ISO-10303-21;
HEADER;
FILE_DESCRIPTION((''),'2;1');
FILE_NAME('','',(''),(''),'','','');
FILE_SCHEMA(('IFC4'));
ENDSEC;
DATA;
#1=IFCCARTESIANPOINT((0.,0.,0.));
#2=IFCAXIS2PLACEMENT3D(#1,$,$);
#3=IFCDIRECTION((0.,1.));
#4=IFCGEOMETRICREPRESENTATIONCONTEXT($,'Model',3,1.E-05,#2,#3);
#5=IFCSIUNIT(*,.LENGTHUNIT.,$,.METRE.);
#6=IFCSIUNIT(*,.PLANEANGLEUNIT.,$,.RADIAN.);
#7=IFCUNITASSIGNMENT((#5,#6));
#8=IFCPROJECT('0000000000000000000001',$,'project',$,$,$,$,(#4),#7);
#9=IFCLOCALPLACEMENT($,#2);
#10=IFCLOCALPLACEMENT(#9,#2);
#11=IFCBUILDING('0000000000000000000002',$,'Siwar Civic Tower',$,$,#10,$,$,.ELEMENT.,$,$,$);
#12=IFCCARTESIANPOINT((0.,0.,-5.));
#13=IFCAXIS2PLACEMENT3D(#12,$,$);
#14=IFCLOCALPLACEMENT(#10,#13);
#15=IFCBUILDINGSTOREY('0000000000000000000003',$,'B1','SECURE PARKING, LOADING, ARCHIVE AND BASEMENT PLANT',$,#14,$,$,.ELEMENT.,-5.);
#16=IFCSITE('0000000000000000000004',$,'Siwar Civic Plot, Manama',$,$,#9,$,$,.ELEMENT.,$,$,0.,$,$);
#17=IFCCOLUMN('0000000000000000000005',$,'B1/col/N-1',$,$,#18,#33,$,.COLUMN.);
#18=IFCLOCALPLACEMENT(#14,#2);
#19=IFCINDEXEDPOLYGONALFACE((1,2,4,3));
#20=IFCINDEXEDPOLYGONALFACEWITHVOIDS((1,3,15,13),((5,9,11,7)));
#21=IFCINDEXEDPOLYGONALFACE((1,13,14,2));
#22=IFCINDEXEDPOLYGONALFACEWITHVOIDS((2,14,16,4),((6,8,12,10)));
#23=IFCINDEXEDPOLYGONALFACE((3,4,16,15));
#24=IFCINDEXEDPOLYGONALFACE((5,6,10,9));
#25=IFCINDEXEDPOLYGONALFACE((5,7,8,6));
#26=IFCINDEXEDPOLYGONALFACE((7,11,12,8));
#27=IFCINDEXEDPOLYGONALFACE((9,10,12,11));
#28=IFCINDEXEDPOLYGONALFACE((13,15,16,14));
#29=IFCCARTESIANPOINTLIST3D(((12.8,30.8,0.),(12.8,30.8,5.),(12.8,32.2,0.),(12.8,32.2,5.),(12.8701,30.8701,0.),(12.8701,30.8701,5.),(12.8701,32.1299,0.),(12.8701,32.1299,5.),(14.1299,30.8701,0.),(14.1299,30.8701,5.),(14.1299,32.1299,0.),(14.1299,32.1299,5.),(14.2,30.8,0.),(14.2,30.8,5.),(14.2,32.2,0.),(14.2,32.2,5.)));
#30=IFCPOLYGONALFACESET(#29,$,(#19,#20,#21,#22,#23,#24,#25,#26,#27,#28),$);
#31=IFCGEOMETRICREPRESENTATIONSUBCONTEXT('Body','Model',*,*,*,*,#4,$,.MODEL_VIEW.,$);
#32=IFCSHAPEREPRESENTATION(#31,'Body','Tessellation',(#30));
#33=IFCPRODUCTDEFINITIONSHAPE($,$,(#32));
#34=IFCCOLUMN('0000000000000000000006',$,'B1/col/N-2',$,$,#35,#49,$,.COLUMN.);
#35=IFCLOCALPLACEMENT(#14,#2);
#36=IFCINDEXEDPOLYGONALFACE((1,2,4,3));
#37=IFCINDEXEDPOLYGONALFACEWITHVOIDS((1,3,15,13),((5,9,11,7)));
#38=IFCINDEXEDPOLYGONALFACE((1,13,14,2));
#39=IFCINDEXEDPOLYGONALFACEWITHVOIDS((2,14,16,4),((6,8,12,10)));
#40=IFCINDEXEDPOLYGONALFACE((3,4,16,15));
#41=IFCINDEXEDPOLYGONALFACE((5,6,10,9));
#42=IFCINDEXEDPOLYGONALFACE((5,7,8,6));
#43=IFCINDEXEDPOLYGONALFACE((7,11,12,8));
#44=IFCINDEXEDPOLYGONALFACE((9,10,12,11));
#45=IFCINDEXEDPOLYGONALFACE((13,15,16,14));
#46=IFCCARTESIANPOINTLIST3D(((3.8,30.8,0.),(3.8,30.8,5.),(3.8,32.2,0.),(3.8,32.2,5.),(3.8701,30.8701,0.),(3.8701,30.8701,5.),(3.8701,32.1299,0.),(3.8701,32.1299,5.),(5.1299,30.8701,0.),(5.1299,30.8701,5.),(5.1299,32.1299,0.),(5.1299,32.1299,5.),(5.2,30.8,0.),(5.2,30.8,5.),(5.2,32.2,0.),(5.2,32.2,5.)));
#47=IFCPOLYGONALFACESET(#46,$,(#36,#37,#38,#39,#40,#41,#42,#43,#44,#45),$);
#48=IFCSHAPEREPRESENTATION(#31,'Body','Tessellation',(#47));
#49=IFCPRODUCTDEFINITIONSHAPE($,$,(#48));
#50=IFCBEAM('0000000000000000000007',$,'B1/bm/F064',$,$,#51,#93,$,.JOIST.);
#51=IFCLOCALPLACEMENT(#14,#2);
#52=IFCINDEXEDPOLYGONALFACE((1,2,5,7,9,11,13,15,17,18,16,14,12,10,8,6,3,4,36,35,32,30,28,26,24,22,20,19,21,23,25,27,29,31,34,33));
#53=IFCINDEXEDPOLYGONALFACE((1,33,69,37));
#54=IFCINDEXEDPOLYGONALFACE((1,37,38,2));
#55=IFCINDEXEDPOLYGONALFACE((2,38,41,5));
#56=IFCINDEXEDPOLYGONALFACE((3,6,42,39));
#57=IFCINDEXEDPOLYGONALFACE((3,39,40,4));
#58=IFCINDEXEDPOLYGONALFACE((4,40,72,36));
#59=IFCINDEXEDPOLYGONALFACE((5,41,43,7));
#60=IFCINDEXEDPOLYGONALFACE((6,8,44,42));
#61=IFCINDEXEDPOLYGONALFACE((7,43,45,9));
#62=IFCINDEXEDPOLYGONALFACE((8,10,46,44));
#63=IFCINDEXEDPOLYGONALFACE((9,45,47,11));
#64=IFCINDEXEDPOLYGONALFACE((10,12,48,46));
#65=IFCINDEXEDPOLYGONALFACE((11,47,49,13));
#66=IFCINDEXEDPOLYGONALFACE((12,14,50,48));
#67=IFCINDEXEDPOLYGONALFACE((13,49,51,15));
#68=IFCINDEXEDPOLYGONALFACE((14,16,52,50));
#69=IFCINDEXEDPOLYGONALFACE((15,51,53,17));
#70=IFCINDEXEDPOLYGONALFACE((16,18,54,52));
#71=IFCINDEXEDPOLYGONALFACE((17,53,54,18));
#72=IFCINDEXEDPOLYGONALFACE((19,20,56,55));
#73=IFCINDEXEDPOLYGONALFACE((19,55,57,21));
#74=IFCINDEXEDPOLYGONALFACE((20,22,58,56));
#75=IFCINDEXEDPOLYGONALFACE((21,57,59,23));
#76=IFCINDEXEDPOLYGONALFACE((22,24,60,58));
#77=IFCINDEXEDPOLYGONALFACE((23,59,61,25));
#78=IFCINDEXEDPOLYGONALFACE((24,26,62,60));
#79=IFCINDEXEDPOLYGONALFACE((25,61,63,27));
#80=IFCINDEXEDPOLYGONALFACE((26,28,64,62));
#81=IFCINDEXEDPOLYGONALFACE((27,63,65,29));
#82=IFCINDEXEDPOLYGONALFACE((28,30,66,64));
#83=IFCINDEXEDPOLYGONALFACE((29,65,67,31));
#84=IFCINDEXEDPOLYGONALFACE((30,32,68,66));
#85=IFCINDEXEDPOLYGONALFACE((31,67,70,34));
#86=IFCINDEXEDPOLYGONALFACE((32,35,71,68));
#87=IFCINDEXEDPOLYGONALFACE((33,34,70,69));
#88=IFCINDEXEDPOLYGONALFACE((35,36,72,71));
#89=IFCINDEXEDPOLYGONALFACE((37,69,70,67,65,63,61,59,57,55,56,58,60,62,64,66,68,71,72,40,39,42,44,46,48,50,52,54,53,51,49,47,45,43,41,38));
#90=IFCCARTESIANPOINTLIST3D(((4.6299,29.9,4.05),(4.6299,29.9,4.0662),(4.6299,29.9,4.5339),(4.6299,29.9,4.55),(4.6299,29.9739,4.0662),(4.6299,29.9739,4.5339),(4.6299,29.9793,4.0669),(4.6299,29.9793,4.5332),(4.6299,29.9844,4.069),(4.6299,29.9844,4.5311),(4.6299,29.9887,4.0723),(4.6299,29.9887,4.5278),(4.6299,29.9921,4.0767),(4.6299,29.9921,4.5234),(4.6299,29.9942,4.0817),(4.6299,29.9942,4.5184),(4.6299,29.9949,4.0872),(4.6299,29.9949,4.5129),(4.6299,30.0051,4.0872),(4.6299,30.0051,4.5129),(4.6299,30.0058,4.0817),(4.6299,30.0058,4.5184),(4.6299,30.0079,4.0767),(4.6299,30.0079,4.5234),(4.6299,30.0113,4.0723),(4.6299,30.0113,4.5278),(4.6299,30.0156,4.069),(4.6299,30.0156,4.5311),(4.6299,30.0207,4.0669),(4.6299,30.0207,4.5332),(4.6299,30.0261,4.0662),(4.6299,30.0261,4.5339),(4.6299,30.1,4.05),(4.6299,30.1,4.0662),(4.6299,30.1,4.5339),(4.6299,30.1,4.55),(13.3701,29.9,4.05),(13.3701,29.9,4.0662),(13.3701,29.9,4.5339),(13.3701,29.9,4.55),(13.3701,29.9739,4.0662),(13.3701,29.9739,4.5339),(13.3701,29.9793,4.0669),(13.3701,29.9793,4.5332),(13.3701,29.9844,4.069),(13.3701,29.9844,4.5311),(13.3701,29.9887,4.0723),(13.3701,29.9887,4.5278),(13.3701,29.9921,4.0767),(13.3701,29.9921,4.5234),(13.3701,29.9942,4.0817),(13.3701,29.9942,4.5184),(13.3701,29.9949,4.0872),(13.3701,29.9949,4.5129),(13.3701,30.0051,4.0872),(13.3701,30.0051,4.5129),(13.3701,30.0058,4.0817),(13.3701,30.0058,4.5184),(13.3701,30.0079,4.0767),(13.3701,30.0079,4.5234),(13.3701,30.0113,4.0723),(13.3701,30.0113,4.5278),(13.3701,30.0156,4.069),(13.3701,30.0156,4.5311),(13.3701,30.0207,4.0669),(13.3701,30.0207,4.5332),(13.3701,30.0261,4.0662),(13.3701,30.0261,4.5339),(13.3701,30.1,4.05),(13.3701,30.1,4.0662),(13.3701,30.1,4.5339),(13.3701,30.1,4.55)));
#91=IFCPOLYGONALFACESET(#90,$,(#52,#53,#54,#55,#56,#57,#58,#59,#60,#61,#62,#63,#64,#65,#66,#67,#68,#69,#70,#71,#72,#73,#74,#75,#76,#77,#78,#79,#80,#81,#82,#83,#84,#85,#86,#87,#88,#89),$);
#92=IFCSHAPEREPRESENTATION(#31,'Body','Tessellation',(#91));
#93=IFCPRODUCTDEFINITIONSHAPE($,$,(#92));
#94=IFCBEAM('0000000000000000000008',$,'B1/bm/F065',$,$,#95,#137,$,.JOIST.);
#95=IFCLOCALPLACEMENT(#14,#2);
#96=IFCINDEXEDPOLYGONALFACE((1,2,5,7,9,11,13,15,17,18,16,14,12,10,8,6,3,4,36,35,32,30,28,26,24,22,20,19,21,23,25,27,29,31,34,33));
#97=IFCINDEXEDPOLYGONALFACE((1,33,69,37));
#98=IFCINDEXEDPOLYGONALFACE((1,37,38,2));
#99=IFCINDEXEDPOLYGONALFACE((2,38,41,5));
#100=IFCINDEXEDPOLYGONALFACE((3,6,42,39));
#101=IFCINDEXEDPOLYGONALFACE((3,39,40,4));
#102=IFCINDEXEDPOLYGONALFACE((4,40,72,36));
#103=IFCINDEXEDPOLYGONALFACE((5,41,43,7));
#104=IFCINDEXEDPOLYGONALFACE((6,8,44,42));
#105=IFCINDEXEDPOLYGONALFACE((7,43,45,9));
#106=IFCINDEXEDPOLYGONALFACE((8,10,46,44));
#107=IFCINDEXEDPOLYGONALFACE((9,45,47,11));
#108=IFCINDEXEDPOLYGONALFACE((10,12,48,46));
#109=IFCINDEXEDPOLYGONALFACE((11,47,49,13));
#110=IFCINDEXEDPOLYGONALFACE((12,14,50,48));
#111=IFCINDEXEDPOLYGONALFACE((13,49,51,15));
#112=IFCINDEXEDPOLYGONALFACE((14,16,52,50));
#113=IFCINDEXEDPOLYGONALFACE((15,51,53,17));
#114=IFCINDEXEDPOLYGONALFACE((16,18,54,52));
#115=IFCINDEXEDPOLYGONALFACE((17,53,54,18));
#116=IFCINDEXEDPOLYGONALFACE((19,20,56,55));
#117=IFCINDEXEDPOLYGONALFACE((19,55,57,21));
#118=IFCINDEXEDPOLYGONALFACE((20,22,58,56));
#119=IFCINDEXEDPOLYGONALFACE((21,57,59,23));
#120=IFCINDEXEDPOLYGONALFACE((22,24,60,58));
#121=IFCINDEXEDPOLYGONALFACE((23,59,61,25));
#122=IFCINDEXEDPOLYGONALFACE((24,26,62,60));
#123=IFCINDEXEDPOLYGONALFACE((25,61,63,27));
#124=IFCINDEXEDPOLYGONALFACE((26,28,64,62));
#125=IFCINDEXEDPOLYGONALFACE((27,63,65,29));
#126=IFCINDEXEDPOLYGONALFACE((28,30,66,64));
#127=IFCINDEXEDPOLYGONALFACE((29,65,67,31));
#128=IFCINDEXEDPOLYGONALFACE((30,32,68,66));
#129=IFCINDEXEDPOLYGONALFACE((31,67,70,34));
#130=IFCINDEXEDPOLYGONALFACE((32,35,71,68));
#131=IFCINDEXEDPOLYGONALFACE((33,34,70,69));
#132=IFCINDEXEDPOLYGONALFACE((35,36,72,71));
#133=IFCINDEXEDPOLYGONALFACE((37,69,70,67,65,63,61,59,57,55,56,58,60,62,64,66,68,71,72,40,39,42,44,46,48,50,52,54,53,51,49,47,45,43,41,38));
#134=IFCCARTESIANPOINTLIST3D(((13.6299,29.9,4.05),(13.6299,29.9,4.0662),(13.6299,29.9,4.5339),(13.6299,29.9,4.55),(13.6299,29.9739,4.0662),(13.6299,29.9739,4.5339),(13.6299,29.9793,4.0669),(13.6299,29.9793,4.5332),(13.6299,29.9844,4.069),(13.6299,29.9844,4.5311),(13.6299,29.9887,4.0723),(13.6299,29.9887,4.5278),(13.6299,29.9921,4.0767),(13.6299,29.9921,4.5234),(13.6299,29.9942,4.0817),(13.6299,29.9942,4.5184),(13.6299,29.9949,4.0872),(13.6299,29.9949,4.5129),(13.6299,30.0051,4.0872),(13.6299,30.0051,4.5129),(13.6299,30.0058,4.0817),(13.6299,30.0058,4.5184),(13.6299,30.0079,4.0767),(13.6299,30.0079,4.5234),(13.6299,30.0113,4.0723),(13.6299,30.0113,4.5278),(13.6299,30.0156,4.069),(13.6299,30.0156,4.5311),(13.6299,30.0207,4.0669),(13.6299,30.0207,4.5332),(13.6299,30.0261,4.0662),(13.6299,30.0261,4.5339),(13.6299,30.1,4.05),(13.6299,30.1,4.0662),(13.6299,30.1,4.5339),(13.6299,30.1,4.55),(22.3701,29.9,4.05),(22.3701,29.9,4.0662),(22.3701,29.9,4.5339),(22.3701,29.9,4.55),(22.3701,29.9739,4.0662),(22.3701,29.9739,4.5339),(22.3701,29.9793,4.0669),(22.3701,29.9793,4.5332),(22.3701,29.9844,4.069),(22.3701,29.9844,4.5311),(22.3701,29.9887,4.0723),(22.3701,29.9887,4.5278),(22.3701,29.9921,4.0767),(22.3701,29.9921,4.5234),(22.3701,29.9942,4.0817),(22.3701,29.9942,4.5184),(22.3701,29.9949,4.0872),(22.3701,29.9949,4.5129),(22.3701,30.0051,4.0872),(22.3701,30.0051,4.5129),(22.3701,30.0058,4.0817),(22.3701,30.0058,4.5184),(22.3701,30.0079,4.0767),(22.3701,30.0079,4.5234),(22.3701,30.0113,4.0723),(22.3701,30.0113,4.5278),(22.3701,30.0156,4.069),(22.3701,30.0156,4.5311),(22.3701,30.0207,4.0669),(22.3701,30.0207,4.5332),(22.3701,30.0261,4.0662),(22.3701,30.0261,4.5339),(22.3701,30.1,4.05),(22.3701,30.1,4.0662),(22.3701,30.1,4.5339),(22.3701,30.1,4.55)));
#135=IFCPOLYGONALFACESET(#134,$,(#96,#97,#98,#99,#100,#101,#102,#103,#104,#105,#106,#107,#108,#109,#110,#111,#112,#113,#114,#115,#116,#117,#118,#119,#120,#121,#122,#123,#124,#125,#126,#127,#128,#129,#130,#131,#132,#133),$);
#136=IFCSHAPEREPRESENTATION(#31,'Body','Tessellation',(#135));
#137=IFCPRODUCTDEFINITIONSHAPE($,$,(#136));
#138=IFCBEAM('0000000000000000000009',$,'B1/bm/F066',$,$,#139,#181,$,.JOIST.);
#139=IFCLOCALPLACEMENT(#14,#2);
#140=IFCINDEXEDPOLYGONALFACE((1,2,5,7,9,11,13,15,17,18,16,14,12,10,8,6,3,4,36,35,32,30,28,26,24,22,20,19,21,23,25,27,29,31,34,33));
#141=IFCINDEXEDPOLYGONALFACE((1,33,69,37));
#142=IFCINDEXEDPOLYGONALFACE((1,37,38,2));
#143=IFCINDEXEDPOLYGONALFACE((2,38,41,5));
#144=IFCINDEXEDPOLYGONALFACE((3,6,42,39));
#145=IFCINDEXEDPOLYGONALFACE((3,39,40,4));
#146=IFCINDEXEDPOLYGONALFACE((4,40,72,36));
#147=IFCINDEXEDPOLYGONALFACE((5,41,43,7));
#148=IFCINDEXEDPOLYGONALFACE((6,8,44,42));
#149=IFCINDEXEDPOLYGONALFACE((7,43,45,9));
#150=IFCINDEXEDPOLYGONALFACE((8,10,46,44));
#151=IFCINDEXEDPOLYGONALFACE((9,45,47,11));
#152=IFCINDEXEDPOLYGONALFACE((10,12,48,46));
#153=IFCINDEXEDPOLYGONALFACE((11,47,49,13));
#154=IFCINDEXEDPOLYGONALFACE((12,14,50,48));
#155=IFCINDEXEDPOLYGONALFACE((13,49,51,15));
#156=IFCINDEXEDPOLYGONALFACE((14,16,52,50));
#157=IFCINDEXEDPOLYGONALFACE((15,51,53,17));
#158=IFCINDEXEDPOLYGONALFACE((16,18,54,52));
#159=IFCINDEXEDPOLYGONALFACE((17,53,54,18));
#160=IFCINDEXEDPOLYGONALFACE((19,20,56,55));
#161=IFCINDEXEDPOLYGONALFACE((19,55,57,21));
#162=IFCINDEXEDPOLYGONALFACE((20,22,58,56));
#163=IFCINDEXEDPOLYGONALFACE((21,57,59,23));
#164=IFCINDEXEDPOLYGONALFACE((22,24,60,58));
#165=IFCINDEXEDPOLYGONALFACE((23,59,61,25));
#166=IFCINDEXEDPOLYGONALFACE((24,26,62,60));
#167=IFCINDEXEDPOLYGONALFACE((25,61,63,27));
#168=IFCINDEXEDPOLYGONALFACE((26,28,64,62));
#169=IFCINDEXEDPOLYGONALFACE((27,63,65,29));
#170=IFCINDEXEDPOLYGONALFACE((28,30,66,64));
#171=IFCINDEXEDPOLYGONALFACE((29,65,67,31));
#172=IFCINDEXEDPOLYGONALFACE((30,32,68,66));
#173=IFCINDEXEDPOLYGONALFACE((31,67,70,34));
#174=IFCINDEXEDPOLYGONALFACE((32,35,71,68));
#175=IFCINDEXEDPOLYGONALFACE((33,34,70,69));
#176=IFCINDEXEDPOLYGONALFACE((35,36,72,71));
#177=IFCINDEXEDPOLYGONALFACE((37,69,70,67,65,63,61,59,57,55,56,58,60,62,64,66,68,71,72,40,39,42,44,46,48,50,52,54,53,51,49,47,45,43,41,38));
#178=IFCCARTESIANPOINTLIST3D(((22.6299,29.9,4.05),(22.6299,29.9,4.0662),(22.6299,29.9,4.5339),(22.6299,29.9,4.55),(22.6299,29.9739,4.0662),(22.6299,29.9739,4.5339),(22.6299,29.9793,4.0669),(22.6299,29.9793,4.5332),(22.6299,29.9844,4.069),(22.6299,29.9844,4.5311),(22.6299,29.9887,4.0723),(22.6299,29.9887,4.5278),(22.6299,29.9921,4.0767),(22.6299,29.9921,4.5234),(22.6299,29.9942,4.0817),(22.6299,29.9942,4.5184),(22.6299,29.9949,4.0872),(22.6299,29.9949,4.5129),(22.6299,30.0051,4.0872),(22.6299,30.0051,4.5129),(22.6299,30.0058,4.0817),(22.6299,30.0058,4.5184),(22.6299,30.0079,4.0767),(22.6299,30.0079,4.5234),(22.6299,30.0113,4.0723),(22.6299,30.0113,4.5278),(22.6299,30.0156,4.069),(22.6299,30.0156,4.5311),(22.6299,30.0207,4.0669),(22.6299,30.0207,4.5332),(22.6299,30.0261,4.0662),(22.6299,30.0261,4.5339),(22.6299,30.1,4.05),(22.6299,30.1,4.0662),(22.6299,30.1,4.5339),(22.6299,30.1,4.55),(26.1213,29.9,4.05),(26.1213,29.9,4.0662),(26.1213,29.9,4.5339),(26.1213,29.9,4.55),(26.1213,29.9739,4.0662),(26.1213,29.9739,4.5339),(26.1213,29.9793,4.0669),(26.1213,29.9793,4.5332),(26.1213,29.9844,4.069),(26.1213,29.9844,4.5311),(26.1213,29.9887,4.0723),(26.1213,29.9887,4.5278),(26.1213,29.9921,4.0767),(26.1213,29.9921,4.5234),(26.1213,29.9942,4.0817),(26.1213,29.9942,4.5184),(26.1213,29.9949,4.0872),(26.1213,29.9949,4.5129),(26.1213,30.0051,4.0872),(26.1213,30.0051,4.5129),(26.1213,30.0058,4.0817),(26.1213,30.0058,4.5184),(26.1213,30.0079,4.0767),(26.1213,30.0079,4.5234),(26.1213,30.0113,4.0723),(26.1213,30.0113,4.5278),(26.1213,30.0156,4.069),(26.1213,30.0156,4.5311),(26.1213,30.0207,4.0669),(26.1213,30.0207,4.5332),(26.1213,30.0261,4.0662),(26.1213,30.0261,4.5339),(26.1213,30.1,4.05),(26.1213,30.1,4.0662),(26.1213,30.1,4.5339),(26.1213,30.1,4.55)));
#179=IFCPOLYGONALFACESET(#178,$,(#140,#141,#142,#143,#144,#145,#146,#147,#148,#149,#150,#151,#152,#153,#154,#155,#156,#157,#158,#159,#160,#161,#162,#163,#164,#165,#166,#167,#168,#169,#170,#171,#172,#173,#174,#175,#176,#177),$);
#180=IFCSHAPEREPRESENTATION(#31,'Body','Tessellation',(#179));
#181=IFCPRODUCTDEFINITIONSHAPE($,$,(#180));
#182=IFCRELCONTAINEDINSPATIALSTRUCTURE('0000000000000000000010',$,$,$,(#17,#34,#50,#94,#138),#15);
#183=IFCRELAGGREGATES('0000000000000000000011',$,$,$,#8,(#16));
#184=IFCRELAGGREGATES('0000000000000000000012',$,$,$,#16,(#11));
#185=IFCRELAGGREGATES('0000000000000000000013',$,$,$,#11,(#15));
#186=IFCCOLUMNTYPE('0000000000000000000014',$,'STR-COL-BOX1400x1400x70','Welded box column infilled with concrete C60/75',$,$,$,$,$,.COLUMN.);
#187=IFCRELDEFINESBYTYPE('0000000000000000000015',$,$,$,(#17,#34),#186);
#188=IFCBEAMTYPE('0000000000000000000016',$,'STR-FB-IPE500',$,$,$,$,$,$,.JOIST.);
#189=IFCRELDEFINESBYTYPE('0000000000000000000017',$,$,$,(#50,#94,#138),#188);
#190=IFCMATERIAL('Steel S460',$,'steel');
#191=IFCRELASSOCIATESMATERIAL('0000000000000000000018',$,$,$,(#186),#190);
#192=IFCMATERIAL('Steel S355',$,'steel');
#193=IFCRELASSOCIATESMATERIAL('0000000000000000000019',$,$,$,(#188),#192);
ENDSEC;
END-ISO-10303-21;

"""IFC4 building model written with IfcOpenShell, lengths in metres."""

from ifc_helpers import new_model, si_unit, direction, frame, origin, origin_2d, place, context, subcontext, project, spatial, hollow_rectangle, i_section, extrude, material, material_profile, profile_set, type_object, element, save


model = new_model("IFC4")

# Units and contexts
model_context = context("Model", 3, precision=1e-05, world=origin(), true_north=direction((0.0, 1.0)))
body_context = subcontext(model_context, "Body", "Model", "MODEL_VIEW")
ifc_project = project(units=[si_unit("LENGTHUNIT", "METRE"), si_unit("PLANEANGLEUNIT", "RADIAN")], contexts=[model_context])

# Site, building, storey
site_placement = place(None, origin())
site = spatial("IfcSite", under=ifc_project, at=site_placement, Name="Siwar Civic Plot, Manama", CompositionType="ELEMENT", RefElevation=0.0)
building_placement = place(site_placement, origin())
building = spatial("IfcBuilding", under=site, at=building_placement, Name="Siwar Civic Tower", CompositionType="ELEMENT")
storey_placement = place(building_placement, frame((0.0, 0.0, -5.0)))
storey = spatial("IfcBuildingStorey", under=building, at=storey_placement, Name="B1", Description="SECURE PARKING, LOADING, ARCHIVE AND BASEMENT PLANT", CompositionType="ELEMENT", Elevation=-5.0)

# Columns
ifc_material_1 = material(Name="Steel S460", Category="steel")
ifc_material_profile_1 = material_profile(ifc_material_1, hollow_rectangle(XDim=1.3999, YDim=1.3999, WallThickness=0.0701, at=origin_2d()), Name="BOX1400x1400x70")
ifc_profile_set_1 = profile_set([ifc_material_profile_1], Name="Steel S460")
column_type = type_object("IfcColumnType", Name="STR-COL-BOX1400x1400x70", Description="Welded box column infilled with concrete C60/75", PredefinedType="COLUMN", material=ifc_profile_set_1)
for number, where, z_axis, x_axis, name in (
    (1, (13.5, 31.5, 0.0), (0.0, 0.0, 1.0), (1.0, 0.0, 0.0), "B1/col/N-1"),
    (2, (4.5, 31.5, 0.0), (0.0, 0.0, 1.0), (1.0, 0.0, 0.0), "B1/col/N-2"),
):
    element("IfcColumn", number, at=place(storey_placement, frame(where, z_axis=z_axis, x_axis=x_axis)), inside=storey, type_object=column_type, Name=name, PredefinedType="COLUMN", context=body_context, shape_type="SweptSolid", body=[
        extrude(hollow_rectangle(XDim=1.3999, YDim=1.3999, WallThickness=0.0701, at=origin_2d()), origin(), (0.0, 0.0, 1.0), 5.0),
    ])

# Beams
ifc_material_2 = material(Name="Steel S355", Category="steel")
ifc_material_profile_2 = material_profile(ifc_material_2, i_section(OverallWidth=0.2, OverallDepth=0.5, WebThickness=0.0103, FlangeThickness=0.0161, FilletRadius=0.021, at=origin_2d()), Name="IPE500")
ifc_profile_set_2 = profile_set([ifc_material_profile_2], Name="Steel S355")
beam_type_1 = type_object("IfcBeamType", Name="STR-FB-IPE500", PredefinedType="JOIST", material=ifc_profile_set_2)
for number, where, z_axis, x_axis, name in (
    (3, (4.6299, 30.0, 4.3), (1.0, 0.0, 0.0), (0.0, 1.0, 0.0), "B1/bm/F064"),
    (4, (13.6299, 30.0, 4.3), (1.0, 0.0, 0.0), (0.0, 1.0, 0.0), "B1/bm/F065"),
):
    element("IfcBeam", number, at=place(storey_placement, frame(where, z_axis=z_axis, x_axis=x_axis)), inside=storey, type_object=beam_type_1, Name=name, PredefinedType="JOIST", context=body_context, shape_type="SweptSolid", body=[
        extrude(i_section(OverallWidth=0.2, OverallDepth=0.5, WebThickness=0.0103, FlangeThickness=0.0161, FilletRadius=0.021, at=origin_2d()), origin(), (0.0, 0.0, 1.0), 8.7402),
    ])
beam_1_placement = place(storey_placement, frame((22.6299, 30.0, 4.3), z_axis=(1.0, 0.0, 0.0), x_axis=(0.0, 1.0, 0.0)))
element("IfcBeam", 5, at=beam_1_placement, inside=storey, type_object=beam_type_1, Name="B1/bm/F066", PredefinedType="JOIST", context=body_context, shape_type="SweptSolid", body=[
    extrude(i_section(OverallWidth=0.2, OverallDepth=0.5, WebThickness=0.0103, FlangeThickness=0.0161, FilletRadius=0.021, at=origin_2d()), origin(), (0.0, 0.0, 1.0), 3.4915),
])

save(model, "model.ifc")
